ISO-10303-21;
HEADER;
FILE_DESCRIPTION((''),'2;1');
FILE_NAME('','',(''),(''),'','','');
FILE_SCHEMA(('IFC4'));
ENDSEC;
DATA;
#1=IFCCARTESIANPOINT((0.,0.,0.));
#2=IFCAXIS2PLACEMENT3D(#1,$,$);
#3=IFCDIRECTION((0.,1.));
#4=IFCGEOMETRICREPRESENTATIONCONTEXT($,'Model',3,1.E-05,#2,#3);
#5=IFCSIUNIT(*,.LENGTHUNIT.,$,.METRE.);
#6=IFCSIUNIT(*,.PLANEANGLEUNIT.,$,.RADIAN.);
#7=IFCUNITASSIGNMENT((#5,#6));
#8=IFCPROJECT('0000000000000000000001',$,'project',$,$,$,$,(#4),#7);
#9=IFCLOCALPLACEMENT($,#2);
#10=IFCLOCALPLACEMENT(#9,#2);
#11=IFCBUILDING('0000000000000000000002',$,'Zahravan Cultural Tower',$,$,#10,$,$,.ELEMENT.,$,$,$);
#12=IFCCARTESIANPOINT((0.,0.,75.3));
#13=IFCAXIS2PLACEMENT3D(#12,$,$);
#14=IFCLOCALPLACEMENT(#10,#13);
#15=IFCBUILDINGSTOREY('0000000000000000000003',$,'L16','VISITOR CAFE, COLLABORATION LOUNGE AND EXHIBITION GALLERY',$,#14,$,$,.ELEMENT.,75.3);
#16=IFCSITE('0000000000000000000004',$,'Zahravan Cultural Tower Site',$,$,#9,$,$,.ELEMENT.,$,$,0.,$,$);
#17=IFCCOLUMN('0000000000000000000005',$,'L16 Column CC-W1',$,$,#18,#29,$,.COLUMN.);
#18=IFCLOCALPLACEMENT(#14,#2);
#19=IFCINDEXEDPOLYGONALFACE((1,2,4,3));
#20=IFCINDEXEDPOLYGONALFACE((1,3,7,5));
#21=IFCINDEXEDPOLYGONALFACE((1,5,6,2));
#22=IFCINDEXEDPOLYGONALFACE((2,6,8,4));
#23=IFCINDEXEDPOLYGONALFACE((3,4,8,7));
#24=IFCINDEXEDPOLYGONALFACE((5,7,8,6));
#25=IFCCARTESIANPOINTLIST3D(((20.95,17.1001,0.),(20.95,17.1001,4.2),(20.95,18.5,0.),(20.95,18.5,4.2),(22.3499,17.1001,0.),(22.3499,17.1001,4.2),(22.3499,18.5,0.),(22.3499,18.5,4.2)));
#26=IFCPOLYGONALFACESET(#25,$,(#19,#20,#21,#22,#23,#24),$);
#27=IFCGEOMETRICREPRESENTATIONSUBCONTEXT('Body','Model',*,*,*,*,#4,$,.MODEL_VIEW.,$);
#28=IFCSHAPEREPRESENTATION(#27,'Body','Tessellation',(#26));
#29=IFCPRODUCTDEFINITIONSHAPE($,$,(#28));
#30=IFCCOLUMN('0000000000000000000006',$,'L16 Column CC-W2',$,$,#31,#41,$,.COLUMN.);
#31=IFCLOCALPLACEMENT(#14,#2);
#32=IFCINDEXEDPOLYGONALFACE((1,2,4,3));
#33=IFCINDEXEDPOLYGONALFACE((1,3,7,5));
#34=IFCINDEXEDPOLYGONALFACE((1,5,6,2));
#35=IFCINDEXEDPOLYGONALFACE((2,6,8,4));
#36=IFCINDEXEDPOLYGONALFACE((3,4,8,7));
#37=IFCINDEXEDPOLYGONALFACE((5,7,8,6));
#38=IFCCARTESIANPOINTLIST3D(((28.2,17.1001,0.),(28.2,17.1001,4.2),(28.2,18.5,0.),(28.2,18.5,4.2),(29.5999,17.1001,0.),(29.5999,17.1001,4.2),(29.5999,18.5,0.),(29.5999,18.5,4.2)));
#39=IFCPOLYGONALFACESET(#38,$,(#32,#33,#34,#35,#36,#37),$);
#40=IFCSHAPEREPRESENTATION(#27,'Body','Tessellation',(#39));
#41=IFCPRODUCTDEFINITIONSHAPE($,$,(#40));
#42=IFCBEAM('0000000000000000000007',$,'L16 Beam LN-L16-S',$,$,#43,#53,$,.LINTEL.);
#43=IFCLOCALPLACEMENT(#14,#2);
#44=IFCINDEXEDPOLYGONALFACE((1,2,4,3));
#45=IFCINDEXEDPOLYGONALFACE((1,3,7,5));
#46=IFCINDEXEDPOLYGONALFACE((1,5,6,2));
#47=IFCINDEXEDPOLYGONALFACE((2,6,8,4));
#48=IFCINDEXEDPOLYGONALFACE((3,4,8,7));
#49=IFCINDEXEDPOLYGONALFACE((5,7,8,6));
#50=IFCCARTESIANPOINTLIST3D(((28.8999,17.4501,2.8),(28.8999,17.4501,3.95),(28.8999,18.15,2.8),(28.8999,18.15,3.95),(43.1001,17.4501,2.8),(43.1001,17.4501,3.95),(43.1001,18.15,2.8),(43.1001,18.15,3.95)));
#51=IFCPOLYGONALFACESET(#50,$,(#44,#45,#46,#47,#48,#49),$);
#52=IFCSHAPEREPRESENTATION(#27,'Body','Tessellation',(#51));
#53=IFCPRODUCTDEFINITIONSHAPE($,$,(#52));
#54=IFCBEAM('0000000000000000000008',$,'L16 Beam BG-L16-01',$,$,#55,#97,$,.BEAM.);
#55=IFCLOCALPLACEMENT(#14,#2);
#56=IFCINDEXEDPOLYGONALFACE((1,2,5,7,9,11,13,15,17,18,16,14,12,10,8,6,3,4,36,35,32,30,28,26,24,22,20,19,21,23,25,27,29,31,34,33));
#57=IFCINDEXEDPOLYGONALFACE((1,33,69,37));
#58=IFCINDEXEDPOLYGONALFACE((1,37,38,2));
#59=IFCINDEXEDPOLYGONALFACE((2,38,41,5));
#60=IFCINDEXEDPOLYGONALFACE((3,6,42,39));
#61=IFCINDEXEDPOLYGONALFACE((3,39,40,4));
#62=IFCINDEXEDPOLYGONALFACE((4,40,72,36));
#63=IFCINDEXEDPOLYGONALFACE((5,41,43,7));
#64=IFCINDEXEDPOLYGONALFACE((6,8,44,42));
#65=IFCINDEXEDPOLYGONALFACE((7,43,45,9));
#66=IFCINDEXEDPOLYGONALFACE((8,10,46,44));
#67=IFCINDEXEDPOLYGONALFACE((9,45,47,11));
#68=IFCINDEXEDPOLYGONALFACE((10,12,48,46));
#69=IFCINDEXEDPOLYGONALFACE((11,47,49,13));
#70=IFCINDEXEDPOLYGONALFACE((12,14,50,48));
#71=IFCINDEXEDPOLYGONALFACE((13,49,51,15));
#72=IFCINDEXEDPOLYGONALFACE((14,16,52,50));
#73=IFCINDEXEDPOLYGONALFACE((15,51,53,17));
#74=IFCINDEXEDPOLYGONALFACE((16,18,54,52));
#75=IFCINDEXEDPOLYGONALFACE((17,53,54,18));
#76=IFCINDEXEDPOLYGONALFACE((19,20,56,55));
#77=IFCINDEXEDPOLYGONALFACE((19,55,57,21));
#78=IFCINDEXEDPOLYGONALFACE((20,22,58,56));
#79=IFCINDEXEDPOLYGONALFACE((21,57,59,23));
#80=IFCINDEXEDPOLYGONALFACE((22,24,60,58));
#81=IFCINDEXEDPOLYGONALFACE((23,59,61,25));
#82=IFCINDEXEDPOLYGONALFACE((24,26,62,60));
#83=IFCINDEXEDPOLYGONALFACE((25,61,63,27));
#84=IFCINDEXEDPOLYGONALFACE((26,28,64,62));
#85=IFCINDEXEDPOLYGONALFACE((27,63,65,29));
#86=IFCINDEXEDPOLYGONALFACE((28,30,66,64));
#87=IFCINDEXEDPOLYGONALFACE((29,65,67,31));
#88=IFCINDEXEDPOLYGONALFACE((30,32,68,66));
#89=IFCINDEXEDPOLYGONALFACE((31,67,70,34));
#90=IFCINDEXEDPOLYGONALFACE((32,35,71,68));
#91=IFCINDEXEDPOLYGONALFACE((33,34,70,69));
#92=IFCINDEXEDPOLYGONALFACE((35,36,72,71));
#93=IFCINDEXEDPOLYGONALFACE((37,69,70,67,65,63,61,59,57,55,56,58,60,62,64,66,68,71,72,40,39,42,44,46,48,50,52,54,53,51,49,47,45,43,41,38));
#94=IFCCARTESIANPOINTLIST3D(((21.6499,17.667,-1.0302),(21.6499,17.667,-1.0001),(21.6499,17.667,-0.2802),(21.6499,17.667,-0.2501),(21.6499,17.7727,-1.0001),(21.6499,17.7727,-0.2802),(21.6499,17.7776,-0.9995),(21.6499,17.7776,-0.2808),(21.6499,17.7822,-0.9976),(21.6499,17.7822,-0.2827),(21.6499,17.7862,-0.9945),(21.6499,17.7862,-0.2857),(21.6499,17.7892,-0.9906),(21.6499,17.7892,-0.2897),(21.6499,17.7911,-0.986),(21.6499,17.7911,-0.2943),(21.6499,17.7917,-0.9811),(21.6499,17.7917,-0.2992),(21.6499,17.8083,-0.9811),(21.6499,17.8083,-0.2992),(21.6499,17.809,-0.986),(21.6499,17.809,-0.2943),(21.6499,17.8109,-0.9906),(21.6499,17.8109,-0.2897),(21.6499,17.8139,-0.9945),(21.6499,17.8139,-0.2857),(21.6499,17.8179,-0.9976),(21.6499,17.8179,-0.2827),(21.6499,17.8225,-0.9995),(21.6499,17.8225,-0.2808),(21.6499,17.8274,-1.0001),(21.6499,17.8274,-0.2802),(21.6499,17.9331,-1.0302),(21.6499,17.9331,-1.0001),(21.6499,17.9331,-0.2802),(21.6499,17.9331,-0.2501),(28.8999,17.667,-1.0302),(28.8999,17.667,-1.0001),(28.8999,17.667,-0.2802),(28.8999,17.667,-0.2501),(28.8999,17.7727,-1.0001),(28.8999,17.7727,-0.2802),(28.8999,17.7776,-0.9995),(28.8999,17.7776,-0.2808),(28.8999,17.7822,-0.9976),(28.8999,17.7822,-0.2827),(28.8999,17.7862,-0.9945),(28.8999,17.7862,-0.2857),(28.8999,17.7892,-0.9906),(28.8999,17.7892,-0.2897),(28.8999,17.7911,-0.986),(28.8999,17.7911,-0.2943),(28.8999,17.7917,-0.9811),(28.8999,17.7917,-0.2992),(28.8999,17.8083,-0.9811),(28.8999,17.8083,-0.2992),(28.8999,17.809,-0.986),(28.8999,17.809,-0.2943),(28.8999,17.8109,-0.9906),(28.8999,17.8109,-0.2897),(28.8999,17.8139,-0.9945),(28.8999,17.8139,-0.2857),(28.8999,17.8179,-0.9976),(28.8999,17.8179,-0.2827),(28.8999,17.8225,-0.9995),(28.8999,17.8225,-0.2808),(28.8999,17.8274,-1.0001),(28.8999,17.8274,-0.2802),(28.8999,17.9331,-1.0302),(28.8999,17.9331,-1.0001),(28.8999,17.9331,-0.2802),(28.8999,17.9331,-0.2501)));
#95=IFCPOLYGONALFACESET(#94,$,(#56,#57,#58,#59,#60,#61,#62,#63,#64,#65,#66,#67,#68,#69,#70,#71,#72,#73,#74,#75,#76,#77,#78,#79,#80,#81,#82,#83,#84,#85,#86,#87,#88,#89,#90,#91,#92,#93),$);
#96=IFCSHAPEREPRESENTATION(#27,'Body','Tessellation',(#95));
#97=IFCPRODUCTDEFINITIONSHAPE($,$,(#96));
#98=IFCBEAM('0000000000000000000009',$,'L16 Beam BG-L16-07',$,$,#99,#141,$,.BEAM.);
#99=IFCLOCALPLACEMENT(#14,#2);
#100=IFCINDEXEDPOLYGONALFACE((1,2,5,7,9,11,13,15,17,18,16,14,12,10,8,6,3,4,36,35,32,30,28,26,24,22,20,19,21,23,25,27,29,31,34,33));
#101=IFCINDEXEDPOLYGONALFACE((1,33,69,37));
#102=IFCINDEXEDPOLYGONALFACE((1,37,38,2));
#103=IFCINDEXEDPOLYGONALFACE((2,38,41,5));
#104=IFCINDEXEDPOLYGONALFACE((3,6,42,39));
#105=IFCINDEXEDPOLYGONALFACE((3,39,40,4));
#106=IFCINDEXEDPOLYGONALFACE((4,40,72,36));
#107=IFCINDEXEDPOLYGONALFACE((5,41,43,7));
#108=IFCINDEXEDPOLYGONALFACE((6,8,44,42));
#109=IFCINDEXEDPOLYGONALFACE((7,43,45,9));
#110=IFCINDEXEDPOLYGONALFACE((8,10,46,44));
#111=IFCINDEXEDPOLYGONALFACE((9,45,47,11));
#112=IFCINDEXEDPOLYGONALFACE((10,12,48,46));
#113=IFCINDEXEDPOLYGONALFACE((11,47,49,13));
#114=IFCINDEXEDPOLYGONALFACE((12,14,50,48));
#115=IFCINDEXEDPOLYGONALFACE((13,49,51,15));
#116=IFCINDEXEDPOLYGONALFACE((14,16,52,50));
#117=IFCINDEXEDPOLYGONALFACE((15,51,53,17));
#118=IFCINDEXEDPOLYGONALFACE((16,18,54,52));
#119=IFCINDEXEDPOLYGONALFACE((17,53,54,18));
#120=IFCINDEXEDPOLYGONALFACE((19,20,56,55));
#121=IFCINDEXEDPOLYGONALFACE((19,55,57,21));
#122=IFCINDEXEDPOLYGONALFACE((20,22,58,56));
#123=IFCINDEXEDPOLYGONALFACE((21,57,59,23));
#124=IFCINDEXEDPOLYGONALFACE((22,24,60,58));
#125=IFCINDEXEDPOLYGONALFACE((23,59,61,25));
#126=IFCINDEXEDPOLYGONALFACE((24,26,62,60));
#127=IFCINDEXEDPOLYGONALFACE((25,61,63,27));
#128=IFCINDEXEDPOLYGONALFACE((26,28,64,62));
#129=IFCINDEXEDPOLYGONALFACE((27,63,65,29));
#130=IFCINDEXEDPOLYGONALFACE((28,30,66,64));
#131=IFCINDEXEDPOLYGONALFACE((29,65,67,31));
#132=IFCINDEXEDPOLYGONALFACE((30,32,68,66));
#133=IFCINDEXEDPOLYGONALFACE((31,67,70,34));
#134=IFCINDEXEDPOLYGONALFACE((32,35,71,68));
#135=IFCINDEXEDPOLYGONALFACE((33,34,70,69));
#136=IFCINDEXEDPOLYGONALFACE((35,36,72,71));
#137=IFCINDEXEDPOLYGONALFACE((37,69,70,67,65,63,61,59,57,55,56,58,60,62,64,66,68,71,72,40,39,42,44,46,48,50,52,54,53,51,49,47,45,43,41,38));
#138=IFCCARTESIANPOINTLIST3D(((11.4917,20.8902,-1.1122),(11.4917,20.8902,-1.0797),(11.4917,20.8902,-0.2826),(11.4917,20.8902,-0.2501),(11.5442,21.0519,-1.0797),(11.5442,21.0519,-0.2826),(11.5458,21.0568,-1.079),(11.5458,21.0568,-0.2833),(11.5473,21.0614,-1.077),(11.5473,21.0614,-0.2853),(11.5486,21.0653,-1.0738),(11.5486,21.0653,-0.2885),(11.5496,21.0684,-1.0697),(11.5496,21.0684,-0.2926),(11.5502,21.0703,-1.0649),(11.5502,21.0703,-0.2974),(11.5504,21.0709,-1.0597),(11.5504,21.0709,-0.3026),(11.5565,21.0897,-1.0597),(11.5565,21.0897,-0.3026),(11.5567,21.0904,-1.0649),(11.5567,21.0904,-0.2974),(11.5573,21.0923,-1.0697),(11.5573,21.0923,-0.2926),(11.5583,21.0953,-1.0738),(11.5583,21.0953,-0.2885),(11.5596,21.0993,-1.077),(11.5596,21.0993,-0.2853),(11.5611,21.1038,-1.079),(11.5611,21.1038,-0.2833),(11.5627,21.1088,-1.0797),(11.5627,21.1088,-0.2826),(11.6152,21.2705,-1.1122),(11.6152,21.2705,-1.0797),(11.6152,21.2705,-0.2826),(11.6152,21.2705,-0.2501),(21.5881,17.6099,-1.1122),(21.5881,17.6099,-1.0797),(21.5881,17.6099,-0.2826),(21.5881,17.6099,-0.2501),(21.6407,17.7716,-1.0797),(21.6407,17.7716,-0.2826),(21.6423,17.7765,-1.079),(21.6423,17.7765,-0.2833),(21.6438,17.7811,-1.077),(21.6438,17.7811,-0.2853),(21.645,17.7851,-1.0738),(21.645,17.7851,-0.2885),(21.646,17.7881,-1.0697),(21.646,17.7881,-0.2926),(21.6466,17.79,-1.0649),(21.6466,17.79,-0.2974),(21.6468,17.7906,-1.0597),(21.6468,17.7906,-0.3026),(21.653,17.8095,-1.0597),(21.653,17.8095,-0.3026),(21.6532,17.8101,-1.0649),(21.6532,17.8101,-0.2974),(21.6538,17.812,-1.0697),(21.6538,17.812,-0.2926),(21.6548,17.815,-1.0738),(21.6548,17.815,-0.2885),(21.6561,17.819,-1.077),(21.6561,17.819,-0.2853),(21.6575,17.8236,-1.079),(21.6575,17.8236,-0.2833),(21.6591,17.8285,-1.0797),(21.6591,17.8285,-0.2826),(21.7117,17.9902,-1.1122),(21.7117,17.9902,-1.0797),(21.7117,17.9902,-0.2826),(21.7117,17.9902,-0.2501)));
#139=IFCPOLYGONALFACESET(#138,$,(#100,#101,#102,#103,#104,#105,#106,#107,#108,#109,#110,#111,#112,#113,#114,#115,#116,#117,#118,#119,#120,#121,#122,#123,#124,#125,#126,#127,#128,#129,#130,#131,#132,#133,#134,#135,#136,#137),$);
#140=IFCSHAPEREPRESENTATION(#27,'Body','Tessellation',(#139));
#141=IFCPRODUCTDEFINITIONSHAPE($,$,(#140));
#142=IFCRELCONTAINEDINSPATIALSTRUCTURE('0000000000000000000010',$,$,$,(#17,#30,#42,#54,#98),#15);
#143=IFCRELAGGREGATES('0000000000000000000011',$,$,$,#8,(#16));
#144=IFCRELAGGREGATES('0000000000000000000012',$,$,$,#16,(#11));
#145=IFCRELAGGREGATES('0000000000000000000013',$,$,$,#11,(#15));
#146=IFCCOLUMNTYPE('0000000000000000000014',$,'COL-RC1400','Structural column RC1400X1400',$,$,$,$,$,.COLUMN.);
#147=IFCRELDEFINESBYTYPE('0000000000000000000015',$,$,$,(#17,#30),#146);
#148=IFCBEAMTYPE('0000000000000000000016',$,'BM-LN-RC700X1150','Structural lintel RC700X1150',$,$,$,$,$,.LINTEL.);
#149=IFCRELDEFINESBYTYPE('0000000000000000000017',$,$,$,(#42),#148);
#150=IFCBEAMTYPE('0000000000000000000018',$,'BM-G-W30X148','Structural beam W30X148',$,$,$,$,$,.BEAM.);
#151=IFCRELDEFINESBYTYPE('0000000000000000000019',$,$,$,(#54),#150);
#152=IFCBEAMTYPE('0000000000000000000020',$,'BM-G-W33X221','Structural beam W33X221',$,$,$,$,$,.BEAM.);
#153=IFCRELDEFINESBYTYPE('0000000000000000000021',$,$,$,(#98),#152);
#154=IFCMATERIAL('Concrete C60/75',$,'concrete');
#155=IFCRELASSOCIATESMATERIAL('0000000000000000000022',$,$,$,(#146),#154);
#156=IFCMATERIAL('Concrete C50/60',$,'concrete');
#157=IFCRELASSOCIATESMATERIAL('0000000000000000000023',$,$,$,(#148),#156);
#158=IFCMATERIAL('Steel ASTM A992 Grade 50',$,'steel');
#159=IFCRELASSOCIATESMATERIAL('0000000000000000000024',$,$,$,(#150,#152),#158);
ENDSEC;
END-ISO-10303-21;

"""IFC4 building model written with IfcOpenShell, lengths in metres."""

from ifc_helpers import new_model, si_unit, direction, frame, origin, origin_2d, place, context, subcontext, project, spatial, rectangle, i_section, extrude, source, transform, mapped, material, material_profile, profile_set, type_object, element, save


model = new_model("IFC4")

# Units and contexts
model_context = context("Model", 3, precision=1e-05, world=origin(), true_north=direction((0.0, 1.0)))
body_context = subcontext(model_context, "Body", "Model", "MODEL_VIEW")
ifc_project = project(units=[si_unit("LENGTHUNIT", "METRE"), si_unit("PLANEANGLEUNIT", "RADIAN")], contexts=[model_context])

# Site, building, storey
site_placement = place(None, origin())
site = spatial("IfcSite", under=ifc_project, at=site_placement, Name="Zahravan Cultural Tower Site", CompositionType="ELEMENT", RefElevation=0.0)
building_placement = place(site_placement, origin())
building = spatial("IfcBuilding", under=site, at=building_placement, Name="Zahravan Cultural Tower", CompositionType="ELEMENT")
storey_placement = place(building_placement, frame((0.0, 0.0, 75.3)))
storey = spatial("IfcBuildingStorey", under=building, at=storey_placement, Name="L16", Description="VISITOR CAFE, COLLABORATION LOUNGE AND EXHIBITION GALLERY", CompositionType="ELEMENT", Elevation=75.3)

# Columns
ifc_material_1 = material(Name="Concrete C60/75", Category="concrete")
ifc_material_profile_1 = material_profile(ifc_material_1, rectangle(XDim=1.3999, YDim=1.3999, at=origin_2d()), Name="RC1400X1400")
ifc_profile_set_1 = profile_set([ifc_material_profile_1], Name="Concrete C60/75")
column_type = type_object("IfcColumnType", Name="COL-RC1400", Description="Structural column RC1400X1400", PredefinedType="COLUMN", material=ifc_profile_set_1)
shared_shape_1 = source(origin(), body_context, "Body", "SweptSolid", [
    extrude(rectangle(XDim=1.3999, YDim=1.3999, at=origin_2d()), origin(), (0.0, 0.0, 1.0), 4.2),
])
for number, where, z_axis, x_axis, name in (
    (1, (21.6499, 17.8, 0.0), (0.0, 0.0, 1.0), (1.0, 0.0, 0.0), "L16 Column CC-W1"),
    (2, (28.8999, 17.8, 0.0), (0.0, 0.0, 1.0), (1.0, 0.0, 0.0), "L16 Column CC-W2"),
):
    element("IfcColumn", number, at=place(storey_placement, frame(where, z_axis=z_axis, x_axis=x_axis)), inside=storey, type_object=column_type, Name=name, PredefinedType="COLUMN", context=body_context, shape_type="MappedRepresentation", body=[
        mapped(shared_shape_1, transform((0.0, 0.0, 0.0), x_axis=(1.0, 0.0, 0.0), y_axis=(0.0, 1.0, 0.0), z_axis=(0.0, 0.0, 1.0), scale=1.0)),
    ])

# Beams
ifc_material_2 = material(Name="Concrete C50/60", Category="concrete")
ifc_material_profile_2 = material_profile(ifc_material_2, rectangle(XDim=0.7, YDim=1.1499, at=origin_2d()), Name="RC700X1150")
ifc_profile_set_2 = profile_set([ifc_material_profile_2], Name="Concrete C50/60")
beam_type_1 = type_object("IfcBeamType", Name="BM-LN-RC700X1150", Description="Structural lintel RC700X1150", PredefinedType="LINTEL", material=ifc_profile_set_2)
shared_shape_2 = source(origin(), body_context, "Body", "SweptSolid", [
    extrude(rectangle(XDim=0.7, YDim=1.1499, at=origin_2d()), origin(), (0.0, 0.0, 1.0), 14.2002),
])
beam_1_placement = place(storey_placement, frame((28.8999, 17.8, 3.375), z_axis=(1.0, 0.0, 0.0), x_axis=(0.0, 1.0, 0.0)))
element("IfcBeam", 3, at=beam_1_placement, inside=storey, type_object=beam_type_1, Name="L16 Beam LN-L16-S", PredefinedType="LINTEL", context=body_context, shape_type="MappedRepresentation", body=[
    mapped(shared_shape_2, transform((0.0, 0.0, 0.0), x_axis=(1.0, 0.0, 0.0), y_axis=(0.0, 1.0, 0.0), z_axis=(0.0, 0.0, 1.0), scale=1.0)),
])
ifc_material_3 = material(Name="Steel ASTM A992 Grade 50", Category="steel")
ifc_material_profile_3 = material_profile(ifc_material_3, i_section(OverallWidth=0.2661, OverallDepth=0.78, WebThickness=0.0166, FlangeThickness=0.03, FilletRadius=0.019, at=origin_2d()), Name="W30X148")
ifc_profile_set_3 = profile_set([ifc_material_profile_3], Name="Steel ASTM A992 Grade 50")
beam_type_2 = type_object("IfcBeamType", Name="BM-G-W30X148", Description="Structural beam W30X148", PredefinedType="BEAM", material=ifc_profile_set_3)
shared_shape_3 = source(origin(), body_context, "Body", "SweptSolid", [
    extrude(i_section(OverallWidth=0.2661, OverallDepth=0.78, WebThickness=0.0166, FlangeThickness=0.03, FilletRadius=0.019, at=origin_2d()), origin(), (0.0, 0.0, 1.0), 7.25),
])
beam_2_placement = place(storey_placement, frame((21.6499, 17.8, -0.6401), z_axis=(1.0, 0.0, 0.0), x_axis=(0.0, 1.0, 0.0)))
element("IfcBeam", 4, at=beam_2_placement, inside=storey, type_object=beam_type_2, Name="L16 Beam BG-L16-01", PredefinedType="BEAM", context=body_context, shape_type="MappedRepresentation", body=[
    mapped(shared_shape_3, transform((0.0, 0.0, 0.0), x_axis=(1.0, 0.0, 0.0), y_axis=(0.0, 1.0, 0.0), z_axis=(0.0, 0.0, 1.0), scale=1.0)),
])
ifc_material_profile_4 = material_profile(ifc_material_3, i_section(OverallWidth=0.3999, OverallDepth=0.8621, WebThickness=0.0198, FlangeThickness=0.0325, FilletRadius=0.02, at=origin_2d()), Name="W33X221")
ifc_profile_set_4 = profile_set([ifc_material_profile_4], Name="Steel ASTM A992 Grade 50")
beam_type_3 = type_object("IfcBeamType", Name="BM-G-W33X221", Description="Structural beam W33X221", PredefinedType="BEAM", material=ifc_profile_set_4)
shared_shape_4 = source(origin(), body_context, "Body", "SweptSolid", [
    extrude(i_section(OverallWidth=0.3999, OverallDepth=0.8621, WebThickness=0.0198, FlangeThickness=0.0325, FilletRadius=0.02, at=origin_2d()), origin(), (0.0, 0.0, 1.0), 10.616),
])
beam_3_placement = place(storey_placement, frame((21.6499, 17.8, -0.6812), z_axis=(-0.951064, 0.308995, 0.0), x_axis=(-0.308995, -0.951064, 0.0)))
element("IfcBeam", 5, at=beam_3_placement, inside=storey, type_object=beam_type_3, Name="L16 Beam BG-L16-07", PredefinedType="BEAM", context=body_context, shape_type="MappedRepresentation", body=[
    mapped(shared_shape_4, transform((0.0, 0.0, 0.0), x_axis=(1.0, 0.0, 0.0), y_axis=(0.0, 1.0, 0.0), z_axis=(0.0, 0.0, 1.0), scale=1.0)),
])

save(model, "model.ifc")
